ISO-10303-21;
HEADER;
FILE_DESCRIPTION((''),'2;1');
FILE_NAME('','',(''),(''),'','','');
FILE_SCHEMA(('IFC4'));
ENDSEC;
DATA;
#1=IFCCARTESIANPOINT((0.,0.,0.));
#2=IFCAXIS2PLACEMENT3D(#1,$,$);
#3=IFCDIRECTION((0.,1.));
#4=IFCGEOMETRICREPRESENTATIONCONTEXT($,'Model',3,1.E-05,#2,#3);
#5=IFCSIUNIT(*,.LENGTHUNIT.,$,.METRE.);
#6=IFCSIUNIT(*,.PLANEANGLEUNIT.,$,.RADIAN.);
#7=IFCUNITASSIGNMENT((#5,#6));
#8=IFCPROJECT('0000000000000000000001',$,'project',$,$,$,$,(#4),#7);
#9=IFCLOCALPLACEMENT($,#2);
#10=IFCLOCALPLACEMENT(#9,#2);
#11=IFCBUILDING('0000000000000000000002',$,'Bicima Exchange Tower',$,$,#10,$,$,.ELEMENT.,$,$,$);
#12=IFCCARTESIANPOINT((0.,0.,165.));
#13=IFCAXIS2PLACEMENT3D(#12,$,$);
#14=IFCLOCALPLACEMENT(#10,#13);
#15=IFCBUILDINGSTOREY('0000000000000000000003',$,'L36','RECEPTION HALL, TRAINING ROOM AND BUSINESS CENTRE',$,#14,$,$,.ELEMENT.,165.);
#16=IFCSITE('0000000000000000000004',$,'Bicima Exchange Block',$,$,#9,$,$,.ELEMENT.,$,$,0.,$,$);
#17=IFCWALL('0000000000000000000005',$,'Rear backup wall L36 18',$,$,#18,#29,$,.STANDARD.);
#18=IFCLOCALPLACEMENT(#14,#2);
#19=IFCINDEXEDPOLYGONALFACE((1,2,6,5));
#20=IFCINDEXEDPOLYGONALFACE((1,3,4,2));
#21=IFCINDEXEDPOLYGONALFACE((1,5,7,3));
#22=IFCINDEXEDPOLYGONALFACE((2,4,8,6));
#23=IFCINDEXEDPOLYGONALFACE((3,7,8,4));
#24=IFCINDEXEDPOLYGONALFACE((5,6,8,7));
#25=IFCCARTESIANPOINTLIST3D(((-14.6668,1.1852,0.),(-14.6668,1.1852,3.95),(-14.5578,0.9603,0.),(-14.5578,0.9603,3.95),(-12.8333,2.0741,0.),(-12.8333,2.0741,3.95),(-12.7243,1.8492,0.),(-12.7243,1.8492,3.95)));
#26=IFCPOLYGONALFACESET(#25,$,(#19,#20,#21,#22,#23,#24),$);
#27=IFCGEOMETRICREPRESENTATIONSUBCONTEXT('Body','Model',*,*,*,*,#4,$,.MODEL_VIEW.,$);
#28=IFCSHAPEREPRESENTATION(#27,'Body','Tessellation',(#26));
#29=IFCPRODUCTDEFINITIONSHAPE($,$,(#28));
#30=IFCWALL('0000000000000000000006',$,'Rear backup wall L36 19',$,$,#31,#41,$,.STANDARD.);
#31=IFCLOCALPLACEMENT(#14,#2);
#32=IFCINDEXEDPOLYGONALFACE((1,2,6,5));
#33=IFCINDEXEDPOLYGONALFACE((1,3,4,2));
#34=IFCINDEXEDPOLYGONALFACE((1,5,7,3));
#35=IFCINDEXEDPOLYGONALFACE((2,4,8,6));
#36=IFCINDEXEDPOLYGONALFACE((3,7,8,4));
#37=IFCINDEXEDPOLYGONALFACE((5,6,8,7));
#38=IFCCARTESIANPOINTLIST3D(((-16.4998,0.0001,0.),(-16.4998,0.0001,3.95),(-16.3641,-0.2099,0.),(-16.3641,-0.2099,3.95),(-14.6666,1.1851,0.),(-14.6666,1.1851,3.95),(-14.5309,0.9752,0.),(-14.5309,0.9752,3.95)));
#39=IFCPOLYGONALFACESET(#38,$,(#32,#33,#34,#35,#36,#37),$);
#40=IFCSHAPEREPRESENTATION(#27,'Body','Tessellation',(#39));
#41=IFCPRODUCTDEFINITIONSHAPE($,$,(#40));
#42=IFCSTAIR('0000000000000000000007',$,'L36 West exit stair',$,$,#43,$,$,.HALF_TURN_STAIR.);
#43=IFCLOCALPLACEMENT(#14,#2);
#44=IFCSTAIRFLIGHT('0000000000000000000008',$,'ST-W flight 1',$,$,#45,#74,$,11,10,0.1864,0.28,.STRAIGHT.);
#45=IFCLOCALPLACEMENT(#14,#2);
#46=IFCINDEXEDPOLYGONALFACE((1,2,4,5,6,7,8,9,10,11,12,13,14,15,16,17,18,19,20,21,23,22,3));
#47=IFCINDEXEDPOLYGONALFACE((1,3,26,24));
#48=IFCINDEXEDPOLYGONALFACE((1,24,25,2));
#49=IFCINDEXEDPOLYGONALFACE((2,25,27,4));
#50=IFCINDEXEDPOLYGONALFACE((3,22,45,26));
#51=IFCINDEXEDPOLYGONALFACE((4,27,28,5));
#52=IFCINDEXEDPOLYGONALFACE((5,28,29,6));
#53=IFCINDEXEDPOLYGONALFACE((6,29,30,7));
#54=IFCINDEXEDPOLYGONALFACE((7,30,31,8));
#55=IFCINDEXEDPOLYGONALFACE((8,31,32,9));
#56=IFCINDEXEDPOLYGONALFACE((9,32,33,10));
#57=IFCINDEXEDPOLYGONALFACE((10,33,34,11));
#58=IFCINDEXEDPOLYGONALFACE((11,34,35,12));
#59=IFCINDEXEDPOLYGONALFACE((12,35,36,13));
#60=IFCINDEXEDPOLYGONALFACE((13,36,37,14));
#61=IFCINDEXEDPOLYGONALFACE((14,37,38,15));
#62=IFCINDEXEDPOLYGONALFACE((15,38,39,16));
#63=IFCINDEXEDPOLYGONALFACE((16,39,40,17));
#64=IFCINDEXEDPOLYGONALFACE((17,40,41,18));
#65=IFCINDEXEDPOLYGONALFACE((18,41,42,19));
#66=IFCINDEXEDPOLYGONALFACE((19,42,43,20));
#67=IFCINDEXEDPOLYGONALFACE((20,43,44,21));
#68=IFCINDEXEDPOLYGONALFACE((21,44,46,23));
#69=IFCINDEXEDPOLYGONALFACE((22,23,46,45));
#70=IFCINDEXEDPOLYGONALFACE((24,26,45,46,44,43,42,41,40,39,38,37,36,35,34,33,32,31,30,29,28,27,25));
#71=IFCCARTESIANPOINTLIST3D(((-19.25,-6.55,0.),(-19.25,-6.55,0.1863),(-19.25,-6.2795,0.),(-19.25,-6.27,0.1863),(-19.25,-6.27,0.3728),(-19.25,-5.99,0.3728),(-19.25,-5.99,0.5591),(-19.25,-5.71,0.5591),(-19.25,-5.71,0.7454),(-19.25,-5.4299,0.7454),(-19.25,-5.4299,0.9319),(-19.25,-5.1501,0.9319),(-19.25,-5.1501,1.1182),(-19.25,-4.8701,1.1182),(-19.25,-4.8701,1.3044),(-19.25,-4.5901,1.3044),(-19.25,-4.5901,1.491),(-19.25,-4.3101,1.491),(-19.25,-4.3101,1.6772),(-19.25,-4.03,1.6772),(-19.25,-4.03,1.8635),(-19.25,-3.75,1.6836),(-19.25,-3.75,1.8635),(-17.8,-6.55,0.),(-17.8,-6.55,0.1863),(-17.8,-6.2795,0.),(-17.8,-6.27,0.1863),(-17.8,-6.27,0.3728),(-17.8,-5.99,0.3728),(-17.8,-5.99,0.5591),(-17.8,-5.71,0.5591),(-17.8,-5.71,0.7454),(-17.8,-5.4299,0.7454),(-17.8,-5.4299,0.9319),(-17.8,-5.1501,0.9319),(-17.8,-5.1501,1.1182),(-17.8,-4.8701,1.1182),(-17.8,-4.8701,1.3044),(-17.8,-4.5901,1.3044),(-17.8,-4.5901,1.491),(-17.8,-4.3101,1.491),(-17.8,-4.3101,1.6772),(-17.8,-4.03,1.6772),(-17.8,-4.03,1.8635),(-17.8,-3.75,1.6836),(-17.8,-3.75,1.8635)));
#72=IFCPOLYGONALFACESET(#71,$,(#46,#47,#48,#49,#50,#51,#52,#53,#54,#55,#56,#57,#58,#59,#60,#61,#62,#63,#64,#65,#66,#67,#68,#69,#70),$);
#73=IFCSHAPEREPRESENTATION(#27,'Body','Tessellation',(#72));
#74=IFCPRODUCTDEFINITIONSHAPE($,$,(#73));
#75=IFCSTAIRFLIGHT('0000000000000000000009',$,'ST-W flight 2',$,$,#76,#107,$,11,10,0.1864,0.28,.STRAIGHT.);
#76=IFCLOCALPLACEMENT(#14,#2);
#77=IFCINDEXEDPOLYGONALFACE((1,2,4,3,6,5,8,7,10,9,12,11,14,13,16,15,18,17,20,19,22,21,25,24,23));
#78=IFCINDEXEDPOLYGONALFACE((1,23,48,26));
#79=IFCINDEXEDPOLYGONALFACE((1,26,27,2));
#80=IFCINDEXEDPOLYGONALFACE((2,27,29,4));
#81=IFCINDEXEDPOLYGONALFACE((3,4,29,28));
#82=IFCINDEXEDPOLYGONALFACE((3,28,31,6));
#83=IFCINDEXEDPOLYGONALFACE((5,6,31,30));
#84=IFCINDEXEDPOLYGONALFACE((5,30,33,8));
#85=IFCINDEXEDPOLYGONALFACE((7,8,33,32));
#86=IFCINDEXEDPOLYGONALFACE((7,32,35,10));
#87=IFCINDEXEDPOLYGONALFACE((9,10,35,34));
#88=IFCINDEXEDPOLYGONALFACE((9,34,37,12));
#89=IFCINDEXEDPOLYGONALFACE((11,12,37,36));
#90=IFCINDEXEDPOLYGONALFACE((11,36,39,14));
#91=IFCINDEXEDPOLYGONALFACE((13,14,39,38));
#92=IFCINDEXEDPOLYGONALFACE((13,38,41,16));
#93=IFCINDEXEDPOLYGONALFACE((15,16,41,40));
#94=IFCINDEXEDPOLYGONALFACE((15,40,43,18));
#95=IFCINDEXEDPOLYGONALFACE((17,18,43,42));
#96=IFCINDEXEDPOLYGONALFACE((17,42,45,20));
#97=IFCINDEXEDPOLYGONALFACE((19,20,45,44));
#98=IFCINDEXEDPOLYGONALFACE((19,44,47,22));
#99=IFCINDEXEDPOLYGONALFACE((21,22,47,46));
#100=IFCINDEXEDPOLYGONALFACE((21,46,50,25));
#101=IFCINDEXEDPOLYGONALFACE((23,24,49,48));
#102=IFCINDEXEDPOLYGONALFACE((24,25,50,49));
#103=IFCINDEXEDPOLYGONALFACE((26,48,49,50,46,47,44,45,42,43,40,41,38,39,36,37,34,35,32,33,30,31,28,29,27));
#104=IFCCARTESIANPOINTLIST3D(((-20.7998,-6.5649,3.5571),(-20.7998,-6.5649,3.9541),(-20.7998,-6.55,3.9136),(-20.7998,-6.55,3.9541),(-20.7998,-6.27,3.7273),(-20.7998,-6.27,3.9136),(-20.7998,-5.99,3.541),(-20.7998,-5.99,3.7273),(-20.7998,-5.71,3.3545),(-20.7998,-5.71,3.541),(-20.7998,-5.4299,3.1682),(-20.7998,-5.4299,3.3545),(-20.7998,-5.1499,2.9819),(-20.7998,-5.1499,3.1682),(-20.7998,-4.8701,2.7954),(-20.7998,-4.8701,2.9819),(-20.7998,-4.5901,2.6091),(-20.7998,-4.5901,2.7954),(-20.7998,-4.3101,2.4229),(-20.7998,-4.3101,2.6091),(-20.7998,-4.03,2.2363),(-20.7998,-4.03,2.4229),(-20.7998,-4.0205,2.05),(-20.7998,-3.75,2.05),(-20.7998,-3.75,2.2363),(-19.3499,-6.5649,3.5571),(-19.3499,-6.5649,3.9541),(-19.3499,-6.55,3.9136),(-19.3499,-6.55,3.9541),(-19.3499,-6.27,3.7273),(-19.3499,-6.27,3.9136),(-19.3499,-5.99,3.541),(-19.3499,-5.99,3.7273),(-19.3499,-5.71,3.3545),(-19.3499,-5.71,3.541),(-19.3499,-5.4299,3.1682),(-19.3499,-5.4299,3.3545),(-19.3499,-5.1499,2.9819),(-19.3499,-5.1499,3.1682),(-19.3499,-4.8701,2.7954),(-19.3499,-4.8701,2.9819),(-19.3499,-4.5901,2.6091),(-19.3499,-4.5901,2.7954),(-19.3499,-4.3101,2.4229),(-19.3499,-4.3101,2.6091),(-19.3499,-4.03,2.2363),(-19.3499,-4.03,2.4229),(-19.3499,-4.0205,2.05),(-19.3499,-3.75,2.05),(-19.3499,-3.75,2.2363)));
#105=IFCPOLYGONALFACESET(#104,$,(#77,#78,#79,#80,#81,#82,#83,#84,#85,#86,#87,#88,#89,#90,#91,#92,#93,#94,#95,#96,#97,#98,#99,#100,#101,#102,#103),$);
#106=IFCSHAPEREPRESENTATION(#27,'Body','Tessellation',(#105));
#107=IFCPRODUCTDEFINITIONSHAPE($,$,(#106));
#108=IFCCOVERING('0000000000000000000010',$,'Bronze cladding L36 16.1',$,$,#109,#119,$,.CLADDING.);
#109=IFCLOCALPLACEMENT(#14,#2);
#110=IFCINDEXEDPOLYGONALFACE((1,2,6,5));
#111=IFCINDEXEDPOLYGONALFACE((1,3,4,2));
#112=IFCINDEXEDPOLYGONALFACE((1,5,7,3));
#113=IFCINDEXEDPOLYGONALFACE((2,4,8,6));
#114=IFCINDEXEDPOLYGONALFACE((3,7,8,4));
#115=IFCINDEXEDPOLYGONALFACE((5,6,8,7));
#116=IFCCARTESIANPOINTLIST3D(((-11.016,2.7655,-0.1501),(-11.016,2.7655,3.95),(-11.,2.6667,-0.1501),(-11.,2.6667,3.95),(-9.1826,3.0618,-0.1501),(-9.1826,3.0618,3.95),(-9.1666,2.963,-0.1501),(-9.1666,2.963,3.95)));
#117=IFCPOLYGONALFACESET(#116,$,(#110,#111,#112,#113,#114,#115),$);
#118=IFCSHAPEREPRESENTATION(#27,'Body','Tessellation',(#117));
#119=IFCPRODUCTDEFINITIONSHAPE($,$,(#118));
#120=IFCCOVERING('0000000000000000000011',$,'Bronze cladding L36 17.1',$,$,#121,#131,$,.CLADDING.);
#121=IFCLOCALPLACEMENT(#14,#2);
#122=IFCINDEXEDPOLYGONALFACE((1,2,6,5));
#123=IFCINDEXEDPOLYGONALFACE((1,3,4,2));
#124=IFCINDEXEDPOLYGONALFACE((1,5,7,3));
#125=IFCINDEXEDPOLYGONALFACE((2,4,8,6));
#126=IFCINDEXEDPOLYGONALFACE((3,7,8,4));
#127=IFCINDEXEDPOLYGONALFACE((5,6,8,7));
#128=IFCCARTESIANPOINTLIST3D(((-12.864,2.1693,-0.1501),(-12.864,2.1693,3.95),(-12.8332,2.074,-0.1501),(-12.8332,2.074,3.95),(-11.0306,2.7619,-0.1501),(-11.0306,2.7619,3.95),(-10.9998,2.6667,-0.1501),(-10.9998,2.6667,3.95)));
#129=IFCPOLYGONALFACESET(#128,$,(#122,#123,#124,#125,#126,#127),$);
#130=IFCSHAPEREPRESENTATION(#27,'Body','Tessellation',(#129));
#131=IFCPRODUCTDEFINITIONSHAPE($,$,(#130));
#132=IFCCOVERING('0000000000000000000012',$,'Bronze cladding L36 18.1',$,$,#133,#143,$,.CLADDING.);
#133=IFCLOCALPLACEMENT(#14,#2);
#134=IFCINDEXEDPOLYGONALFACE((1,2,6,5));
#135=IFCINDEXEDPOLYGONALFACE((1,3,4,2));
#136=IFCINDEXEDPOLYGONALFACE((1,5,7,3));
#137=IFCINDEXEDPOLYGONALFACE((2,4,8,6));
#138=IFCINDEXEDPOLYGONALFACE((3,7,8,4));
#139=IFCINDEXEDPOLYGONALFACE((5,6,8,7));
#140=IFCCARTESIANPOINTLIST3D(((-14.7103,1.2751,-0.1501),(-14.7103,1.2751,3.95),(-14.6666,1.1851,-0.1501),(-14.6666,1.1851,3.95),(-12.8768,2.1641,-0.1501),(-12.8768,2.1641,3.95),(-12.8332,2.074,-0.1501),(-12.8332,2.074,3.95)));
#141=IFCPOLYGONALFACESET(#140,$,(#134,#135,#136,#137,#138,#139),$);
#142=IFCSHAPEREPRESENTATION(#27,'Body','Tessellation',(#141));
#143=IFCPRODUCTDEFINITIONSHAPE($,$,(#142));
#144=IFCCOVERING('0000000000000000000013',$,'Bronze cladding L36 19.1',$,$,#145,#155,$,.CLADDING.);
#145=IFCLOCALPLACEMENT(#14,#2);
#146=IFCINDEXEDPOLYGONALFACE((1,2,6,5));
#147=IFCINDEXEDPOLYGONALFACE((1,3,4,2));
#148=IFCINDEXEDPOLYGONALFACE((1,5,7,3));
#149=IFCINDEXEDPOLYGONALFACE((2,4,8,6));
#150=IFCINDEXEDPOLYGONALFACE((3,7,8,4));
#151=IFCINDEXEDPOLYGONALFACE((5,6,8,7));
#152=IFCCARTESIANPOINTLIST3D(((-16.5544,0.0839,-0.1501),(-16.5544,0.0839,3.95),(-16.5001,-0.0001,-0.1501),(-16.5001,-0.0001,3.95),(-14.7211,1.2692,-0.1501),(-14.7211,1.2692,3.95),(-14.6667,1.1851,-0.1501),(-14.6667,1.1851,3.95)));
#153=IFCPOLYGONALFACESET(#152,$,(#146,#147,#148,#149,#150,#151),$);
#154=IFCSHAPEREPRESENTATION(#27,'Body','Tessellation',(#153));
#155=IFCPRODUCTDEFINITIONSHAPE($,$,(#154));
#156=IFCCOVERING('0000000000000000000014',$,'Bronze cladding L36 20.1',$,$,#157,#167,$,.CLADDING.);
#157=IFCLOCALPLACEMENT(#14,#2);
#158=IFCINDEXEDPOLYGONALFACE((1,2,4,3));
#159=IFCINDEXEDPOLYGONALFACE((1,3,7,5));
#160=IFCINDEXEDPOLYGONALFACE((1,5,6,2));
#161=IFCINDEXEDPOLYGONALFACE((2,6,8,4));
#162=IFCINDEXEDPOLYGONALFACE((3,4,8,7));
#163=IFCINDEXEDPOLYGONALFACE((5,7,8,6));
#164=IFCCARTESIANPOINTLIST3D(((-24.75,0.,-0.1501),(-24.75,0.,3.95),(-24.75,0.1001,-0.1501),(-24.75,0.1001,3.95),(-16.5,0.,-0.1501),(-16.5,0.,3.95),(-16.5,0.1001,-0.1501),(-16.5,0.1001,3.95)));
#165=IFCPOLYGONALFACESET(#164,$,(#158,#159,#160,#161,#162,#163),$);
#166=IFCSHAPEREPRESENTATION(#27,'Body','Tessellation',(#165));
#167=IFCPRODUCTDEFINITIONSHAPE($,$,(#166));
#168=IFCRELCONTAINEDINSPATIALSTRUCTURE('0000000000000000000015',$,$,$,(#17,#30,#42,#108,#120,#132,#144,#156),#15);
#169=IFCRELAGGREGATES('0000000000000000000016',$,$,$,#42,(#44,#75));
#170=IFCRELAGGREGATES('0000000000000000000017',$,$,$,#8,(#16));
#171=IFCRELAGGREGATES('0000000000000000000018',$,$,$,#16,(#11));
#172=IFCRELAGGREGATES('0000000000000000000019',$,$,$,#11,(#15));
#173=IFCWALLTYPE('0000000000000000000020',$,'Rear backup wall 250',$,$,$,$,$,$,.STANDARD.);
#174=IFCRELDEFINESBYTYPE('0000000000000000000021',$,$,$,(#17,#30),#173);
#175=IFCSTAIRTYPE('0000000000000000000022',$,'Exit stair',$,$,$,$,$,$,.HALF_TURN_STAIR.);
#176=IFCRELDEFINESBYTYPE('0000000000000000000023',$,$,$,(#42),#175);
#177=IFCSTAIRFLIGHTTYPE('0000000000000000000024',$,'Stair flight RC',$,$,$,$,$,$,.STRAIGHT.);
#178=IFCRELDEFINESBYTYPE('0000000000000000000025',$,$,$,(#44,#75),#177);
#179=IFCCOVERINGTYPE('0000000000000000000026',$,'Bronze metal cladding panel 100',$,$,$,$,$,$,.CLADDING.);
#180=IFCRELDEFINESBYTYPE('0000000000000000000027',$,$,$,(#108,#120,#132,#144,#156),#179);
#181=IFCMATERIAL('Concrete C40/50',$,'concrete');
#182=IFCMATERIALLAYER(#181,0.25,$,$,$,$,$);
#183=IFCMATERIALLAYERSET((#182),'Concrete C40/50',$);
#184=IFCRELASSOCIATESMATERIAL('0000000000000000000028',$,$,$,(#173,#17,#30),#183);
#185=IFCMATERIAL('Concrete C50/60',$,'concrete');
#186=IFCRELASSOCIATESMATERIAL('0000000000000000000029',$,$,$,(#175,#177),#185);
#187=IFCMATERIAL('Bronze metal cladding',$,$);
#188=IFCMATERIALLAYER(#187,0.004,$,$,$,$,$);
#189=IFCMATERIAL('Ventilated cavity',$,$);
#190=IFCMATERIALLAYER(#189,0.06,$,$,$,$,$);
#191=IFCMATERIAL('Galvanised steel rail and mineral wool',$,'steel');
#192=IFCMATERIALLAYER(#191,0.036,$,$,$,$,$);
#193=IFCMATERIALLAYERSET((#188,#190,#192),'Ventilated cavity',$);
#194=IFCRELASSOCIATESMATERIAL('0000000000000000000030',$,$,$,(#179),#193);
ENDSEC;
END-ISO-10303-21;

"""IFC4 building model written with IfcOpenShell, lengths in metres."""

from ifc_helpers import new_model, si_unit, direction, frame, frame_2d, origin, origin_2d, place, context, subcontext, project, spatial, polyline, rectangle, outline, extrude, material, layer, layer_set, layer_usage, type_object, element, aggregate, save


model = new_model("IFC4")

# Units and contexts
model_context = context("Model", 3, precision=1e-05, world=origin(), true_north=direction((0.0, 1.0)))
body_context = subcontext(model_context, "Body", "Model", "MODEL_VIEW")
ifc_project = project(units=[si_unit("LENGTHUNIT", "METRE"), si_unit("PLANEANGLEUNIT", "RADIAN")], contexts=[model_context])

# Site, building, storey
site_placement = place(None, origin())
site = spatial("IfcSite", under=ifc_project, at=site_placement, Name="Bicima Exchange Block", CompositionType="ELEMENT", RefElevation=0.0)
building_placement = place(site_placement, origin())
building = spatial("IfcBuilding", under=site, at=building_placement, Name="Bicima Exchange Tower", CompositionType="ELEMENT")
storey_placement = place(building_placement, frame((0.0, 0.0, 165.0)))
storey = spatial("IfcBuildingStorey", under=building, at=storey_placement, Name="L36", Description="RECEPTION HALL, TRAINING ROOM AND BUSINESS CENTRE", CompositionType="ELEMENT", Elevation=165.0)

# Shared definitions
ifc_material_1 = material(Name="Concrete C50/60", Category="concrete")

# Walls
ifc_material_2 = material(Name="Concrete C40/50", Category="concrete")
ifc_layer_1 = layer(ifc_material_2, 0.25)
ifc_layer_set_1 = layer_set([ifc_layer_1], Name="Concrete C40/50")
ifc_layer_usage = layer_usage(ifc_layer_set_1, "AXIS2", "POSITIVE", -0.125)
wall_type_1 = type_object("IfcWallType", Name="Rear backup wall 250", PredefinedType="STANDARD", material=ifc_layer_set_1)
wall_1_placement = place(storey_placement, frame((-12.7788, 1.9617, 0.0), z_axis=(0.0, 0.0, 1.0), x_axis=(-0.899824, -0.436253, 0.0)))
element("IfcWall", 1, at=wall_1_placement, inside=storey, type_object=wall_type_1, material=ifc_layer_usage, Name="Rear backup wall L36 18", PredefinedType="STANDARD", context=body_context, shape_type="SweptSolid", body=[
    extrude(rectangle(XDim=2.0376, YDim=0.25, at=frame_2d((1.0188, 0.0))), origin(), (0.0, 0.0, 1.0), 3.95),
])
wall_2_placement = place(storey_placement, frame((-14.5989, 1.0801, 0.0), z_axis=(0.0, 0.0, 1.0), x_axis=(-0.839813, -0.542876, 0.0)))
element("IfcWall", 2, at=wall_2_placement, inside=storey, type_object=wall_type_1, material=ifc_layer_usage, Name="Rear backup wall L36 19", PredefinedType="STANDARD", context=body_context, shape_type="SweptSolid", body=[
    extrude(rectangle(XDim=2.1829, YDim=0.25, at=frame_2d((1.0913, 0.0))), origin(), (0.0, 0.0, 1.0), 3.95),
])

# Stair, stair flights
stair_type = type_object("IfcStairType", Name="Exit stair", PredefinedType="HALF_TURN_STAIR", material=ifc_material_1)
stair_placement = place(storey_placement, origin())
stair = element("IfcStair", 3, at=stair_placement, inside=storey, type_object=stair_type, Name="L36 West exit stair", PredefinedType="HALF_TURN_STAIR")
stair_flight_type = type_object("IfcStairFlightType", Name="Stair flight RC", PredefinedType="STRAIGHT", material=ifc_material_1)
stair_flight_1_placement = place(storey_placement, frame((-18.5249, -6.55, 0.0), z_axis=(0.0, 0.0, 1.0), x_axis=(0.0, 1.0, 0.0)))
stair_flight_1 = element("IfcStairFlight", 4, at=stair_flight_1_placement, type_object=stair_flight_type, Name="ST-W flight 1", NumberOfRisers=11, NumberOfTreads=10, PredefinedType="STRAIGHT", RiserHeight=0.1864, TreadLength=0.28, context=body_context, shape_type="SweptSolid", body=[
    extrude(outline(polyline([(0.0, 0.0), (0.0, 0.1863), (0.28, 0.1863), (0.28, 0.3728), (0.5601, 0.3728), (0.5601, 0.5591), (0.8401, 0.5591), (0.8401, 0.7454), (1.1201, 0.7454), (1.1201, 0.9319), (1.3999, 0.9319), (1.3999, 1.1182), (1.6799, 1.1182), (1.6799, 1.3044), (1.96, 1.3044), (1.96, 1.491), (2.24, 1.491), (2.24, 1.6772), (2.52, 1.6772), (2.52, 1.8635), (2.8, 1.8635), (2.8, 2.05), (2.8, 1.6836), (0.2705, 0.0), (0.0, 0.0)])), frame((0.0, 0.7251, 0.0), z_axis=(0.0, -1.0, 0.0), x_axis=(1.0, 0.0, 0.0)), (0.0, 0.0, 1.0), 1.45),
])
stair_flight_2_placement = place(storey_placement, frame((-20.075, -3.75, 2.05), z_axis=(0.0, 0.0, 1.0), x_axis=(0.0, -1.0, 0.0)))
stair_flight_2 = element("IfcStairFlight", 5, at=stair_flight_2_placement, type_object=stair_flight_type, Name="ST-W flight 2", NumberOfRisers=11, NumberOfTreads=10, PredefinedType="STRAIGHT", RiserHeight=0.1864, TreadLength=0.28, context=body_context, shape_type="SweptSolid", body=[
    extrude(outline(polyline([(0.0, 0.0), (0.0, 0.1863), (0.28, 0.1863), (0.28, 0.3728), (0.5601, 0.3728), (0.5601, 0.5591), (0.8401, 0.5591), (0.8401, 0.7454), (1.1201, 0.7454), (1.1201, 0.9319), (1.3999, 0.9319), (1.3999, 1.1182), (1.6799, 1.1182), (1.6799, 1.3044), (1.96, 1.3044), (1.96, 1.491), (2.24, 1.491), (2.24, 1.6772), (2.52, 1.6772), (2.52, 1.8635), (2.8, 1.8635), (2.8, 1.9041), (2.8149, 1.9041), (2.8149, 1.5071), (0.2705, 0.0), (0.0, 0.0)])), frame((0.0, 0.7251, 0.0), z_axis=(0.0, -1.0, 0.0), x_axis=(1.0, 0.0, 0.0)), (0.0, 0.0, 1.0), 1.45),
])
aggregate(stair, [stair_flight_1, stair_flight_2])

# Coverings
ifc_material_3 = material(Name="Bronze metal cladding")
ifc_layer_2 = layer(ifc_material_3, 0.004)
ifc_material_4 = material(Name="Ventilated cavity")
ifc_layer_3 = layer(ifc_material_4, 0.06)
ifc_material_5 = material(Name="Galvanised steel rail and mineral wool", Category="steel")
ifc_layer_4 = layer(ifc_material_5, 0.036)
ifc_layer_set_2 = layer_set([ifc_layer_2, ifc_layer_3, ifc_layer_4], Name="Ventilated cavity")
covering_type = type_object("IfcCoveringType", Name="Bronze metal cladding panel 100", PredefinedType="CLADDING", material=ifc_layer_set_2)
covering_1_placement = place(storey_placement, frame((-10.0913, 2.8643, -0.1501), z_axis=(0.0, 0.0, 1.0), x_axis=(-0.98719, -0.15955, 0.0)))
element("IfcCovering", 6, at=covering_1_placement, inside=storey, type_object=covering_type, Name="Bronze cladding L36 16.1", PredefinedType="CLADDING", context=body_context, shape_type="SweptSolid", body=[
    extrude(rectangle(XDim=1.8572, YDim=0.1001, at=origin_2d()), origin(), (0.0, 0.0, 1.0), 4.1001),
])
covering_2_placement = place(storey_placement, frame((-11.9319, 2.418, -0.1501), z_axis=(0.0, 0.0, 1.0), x_axis=(-0.951525, -0.307573, 0.0)))
element("IfcCovering", 7, at=covering_2_placement, inside=storey, type_object=covering_type, Name="Bronze cladding L36 17.1", PredefinedType="CLADDING", context=body_context, shape_type="SweptSolid", body=[
    extrude(rectangle(XDim=1.9268, YDim=0.1001, at=origin_2d()), origin(), (0.0, 0.0, 1.0), 4.1001),
])
covering_3_placement = place(storey_placement, frame((-13.7717, 1.6746, -0.1501), z_axis=(0.0, 0.0, 1.0), x_axis=(-0.899818, -0.436265, 0.0)))
element("IfcCovering", 8, at=covering_3_placement, inside=storey, type_object=covering_type, Name="Bronze cladding L36 18.1", PredefinedType="CLADDING", context=body_context, shape_type="SweptSolid", body=[
    extrude(rectangle(XDim=2.0376, YDim=0.1001, at=origin_2d()), origin(), (0.0, 0.0, 1.0), 4.1001),
])
covering_4_placement = place(storey_placement, frame((-15.6106, 0.6345, -0.1501), z_axis=(0.0, 0.0, 1.0), x_axis=(-0.83979, -0.542911, 0.0)))
element("IfcCovering", 9, at=covering_4_placement, inside=storey, type_object=covering_type, Name="Bronze cladding L36 19.1", PredefinedType="CLADDING", context=body_context, shape_type="SweptSolid", body=[
    extrude(rectangle(XDim=2.1831, YDim=0.1001, at=origin_2d()), origin(), (0.0, 0.0, 1.0), 4.1001),
])
covering_5_placement = place(storey_placement, frame((-20.625, 0.05, -0.1501), z_axis=(0.0, 0.0, 1.0), x_axis=(-1.0, 0.0, 0.0)))
element("IfcCovering", 10, at=covering_5_placement, inside=storey, type_object=covering_type, Name="Bronze cladding L36 20.1", PredefinedType="CLADDING", context=body_context, shape_type="SweptSolid", body=[
    extrude(rectangle(XDim=8.25, YDim=0.1001, at=origin_2d()), origin(), (0.0, 0.0, 1.0), 4.1001),
])

save(model, "model.ifc")
